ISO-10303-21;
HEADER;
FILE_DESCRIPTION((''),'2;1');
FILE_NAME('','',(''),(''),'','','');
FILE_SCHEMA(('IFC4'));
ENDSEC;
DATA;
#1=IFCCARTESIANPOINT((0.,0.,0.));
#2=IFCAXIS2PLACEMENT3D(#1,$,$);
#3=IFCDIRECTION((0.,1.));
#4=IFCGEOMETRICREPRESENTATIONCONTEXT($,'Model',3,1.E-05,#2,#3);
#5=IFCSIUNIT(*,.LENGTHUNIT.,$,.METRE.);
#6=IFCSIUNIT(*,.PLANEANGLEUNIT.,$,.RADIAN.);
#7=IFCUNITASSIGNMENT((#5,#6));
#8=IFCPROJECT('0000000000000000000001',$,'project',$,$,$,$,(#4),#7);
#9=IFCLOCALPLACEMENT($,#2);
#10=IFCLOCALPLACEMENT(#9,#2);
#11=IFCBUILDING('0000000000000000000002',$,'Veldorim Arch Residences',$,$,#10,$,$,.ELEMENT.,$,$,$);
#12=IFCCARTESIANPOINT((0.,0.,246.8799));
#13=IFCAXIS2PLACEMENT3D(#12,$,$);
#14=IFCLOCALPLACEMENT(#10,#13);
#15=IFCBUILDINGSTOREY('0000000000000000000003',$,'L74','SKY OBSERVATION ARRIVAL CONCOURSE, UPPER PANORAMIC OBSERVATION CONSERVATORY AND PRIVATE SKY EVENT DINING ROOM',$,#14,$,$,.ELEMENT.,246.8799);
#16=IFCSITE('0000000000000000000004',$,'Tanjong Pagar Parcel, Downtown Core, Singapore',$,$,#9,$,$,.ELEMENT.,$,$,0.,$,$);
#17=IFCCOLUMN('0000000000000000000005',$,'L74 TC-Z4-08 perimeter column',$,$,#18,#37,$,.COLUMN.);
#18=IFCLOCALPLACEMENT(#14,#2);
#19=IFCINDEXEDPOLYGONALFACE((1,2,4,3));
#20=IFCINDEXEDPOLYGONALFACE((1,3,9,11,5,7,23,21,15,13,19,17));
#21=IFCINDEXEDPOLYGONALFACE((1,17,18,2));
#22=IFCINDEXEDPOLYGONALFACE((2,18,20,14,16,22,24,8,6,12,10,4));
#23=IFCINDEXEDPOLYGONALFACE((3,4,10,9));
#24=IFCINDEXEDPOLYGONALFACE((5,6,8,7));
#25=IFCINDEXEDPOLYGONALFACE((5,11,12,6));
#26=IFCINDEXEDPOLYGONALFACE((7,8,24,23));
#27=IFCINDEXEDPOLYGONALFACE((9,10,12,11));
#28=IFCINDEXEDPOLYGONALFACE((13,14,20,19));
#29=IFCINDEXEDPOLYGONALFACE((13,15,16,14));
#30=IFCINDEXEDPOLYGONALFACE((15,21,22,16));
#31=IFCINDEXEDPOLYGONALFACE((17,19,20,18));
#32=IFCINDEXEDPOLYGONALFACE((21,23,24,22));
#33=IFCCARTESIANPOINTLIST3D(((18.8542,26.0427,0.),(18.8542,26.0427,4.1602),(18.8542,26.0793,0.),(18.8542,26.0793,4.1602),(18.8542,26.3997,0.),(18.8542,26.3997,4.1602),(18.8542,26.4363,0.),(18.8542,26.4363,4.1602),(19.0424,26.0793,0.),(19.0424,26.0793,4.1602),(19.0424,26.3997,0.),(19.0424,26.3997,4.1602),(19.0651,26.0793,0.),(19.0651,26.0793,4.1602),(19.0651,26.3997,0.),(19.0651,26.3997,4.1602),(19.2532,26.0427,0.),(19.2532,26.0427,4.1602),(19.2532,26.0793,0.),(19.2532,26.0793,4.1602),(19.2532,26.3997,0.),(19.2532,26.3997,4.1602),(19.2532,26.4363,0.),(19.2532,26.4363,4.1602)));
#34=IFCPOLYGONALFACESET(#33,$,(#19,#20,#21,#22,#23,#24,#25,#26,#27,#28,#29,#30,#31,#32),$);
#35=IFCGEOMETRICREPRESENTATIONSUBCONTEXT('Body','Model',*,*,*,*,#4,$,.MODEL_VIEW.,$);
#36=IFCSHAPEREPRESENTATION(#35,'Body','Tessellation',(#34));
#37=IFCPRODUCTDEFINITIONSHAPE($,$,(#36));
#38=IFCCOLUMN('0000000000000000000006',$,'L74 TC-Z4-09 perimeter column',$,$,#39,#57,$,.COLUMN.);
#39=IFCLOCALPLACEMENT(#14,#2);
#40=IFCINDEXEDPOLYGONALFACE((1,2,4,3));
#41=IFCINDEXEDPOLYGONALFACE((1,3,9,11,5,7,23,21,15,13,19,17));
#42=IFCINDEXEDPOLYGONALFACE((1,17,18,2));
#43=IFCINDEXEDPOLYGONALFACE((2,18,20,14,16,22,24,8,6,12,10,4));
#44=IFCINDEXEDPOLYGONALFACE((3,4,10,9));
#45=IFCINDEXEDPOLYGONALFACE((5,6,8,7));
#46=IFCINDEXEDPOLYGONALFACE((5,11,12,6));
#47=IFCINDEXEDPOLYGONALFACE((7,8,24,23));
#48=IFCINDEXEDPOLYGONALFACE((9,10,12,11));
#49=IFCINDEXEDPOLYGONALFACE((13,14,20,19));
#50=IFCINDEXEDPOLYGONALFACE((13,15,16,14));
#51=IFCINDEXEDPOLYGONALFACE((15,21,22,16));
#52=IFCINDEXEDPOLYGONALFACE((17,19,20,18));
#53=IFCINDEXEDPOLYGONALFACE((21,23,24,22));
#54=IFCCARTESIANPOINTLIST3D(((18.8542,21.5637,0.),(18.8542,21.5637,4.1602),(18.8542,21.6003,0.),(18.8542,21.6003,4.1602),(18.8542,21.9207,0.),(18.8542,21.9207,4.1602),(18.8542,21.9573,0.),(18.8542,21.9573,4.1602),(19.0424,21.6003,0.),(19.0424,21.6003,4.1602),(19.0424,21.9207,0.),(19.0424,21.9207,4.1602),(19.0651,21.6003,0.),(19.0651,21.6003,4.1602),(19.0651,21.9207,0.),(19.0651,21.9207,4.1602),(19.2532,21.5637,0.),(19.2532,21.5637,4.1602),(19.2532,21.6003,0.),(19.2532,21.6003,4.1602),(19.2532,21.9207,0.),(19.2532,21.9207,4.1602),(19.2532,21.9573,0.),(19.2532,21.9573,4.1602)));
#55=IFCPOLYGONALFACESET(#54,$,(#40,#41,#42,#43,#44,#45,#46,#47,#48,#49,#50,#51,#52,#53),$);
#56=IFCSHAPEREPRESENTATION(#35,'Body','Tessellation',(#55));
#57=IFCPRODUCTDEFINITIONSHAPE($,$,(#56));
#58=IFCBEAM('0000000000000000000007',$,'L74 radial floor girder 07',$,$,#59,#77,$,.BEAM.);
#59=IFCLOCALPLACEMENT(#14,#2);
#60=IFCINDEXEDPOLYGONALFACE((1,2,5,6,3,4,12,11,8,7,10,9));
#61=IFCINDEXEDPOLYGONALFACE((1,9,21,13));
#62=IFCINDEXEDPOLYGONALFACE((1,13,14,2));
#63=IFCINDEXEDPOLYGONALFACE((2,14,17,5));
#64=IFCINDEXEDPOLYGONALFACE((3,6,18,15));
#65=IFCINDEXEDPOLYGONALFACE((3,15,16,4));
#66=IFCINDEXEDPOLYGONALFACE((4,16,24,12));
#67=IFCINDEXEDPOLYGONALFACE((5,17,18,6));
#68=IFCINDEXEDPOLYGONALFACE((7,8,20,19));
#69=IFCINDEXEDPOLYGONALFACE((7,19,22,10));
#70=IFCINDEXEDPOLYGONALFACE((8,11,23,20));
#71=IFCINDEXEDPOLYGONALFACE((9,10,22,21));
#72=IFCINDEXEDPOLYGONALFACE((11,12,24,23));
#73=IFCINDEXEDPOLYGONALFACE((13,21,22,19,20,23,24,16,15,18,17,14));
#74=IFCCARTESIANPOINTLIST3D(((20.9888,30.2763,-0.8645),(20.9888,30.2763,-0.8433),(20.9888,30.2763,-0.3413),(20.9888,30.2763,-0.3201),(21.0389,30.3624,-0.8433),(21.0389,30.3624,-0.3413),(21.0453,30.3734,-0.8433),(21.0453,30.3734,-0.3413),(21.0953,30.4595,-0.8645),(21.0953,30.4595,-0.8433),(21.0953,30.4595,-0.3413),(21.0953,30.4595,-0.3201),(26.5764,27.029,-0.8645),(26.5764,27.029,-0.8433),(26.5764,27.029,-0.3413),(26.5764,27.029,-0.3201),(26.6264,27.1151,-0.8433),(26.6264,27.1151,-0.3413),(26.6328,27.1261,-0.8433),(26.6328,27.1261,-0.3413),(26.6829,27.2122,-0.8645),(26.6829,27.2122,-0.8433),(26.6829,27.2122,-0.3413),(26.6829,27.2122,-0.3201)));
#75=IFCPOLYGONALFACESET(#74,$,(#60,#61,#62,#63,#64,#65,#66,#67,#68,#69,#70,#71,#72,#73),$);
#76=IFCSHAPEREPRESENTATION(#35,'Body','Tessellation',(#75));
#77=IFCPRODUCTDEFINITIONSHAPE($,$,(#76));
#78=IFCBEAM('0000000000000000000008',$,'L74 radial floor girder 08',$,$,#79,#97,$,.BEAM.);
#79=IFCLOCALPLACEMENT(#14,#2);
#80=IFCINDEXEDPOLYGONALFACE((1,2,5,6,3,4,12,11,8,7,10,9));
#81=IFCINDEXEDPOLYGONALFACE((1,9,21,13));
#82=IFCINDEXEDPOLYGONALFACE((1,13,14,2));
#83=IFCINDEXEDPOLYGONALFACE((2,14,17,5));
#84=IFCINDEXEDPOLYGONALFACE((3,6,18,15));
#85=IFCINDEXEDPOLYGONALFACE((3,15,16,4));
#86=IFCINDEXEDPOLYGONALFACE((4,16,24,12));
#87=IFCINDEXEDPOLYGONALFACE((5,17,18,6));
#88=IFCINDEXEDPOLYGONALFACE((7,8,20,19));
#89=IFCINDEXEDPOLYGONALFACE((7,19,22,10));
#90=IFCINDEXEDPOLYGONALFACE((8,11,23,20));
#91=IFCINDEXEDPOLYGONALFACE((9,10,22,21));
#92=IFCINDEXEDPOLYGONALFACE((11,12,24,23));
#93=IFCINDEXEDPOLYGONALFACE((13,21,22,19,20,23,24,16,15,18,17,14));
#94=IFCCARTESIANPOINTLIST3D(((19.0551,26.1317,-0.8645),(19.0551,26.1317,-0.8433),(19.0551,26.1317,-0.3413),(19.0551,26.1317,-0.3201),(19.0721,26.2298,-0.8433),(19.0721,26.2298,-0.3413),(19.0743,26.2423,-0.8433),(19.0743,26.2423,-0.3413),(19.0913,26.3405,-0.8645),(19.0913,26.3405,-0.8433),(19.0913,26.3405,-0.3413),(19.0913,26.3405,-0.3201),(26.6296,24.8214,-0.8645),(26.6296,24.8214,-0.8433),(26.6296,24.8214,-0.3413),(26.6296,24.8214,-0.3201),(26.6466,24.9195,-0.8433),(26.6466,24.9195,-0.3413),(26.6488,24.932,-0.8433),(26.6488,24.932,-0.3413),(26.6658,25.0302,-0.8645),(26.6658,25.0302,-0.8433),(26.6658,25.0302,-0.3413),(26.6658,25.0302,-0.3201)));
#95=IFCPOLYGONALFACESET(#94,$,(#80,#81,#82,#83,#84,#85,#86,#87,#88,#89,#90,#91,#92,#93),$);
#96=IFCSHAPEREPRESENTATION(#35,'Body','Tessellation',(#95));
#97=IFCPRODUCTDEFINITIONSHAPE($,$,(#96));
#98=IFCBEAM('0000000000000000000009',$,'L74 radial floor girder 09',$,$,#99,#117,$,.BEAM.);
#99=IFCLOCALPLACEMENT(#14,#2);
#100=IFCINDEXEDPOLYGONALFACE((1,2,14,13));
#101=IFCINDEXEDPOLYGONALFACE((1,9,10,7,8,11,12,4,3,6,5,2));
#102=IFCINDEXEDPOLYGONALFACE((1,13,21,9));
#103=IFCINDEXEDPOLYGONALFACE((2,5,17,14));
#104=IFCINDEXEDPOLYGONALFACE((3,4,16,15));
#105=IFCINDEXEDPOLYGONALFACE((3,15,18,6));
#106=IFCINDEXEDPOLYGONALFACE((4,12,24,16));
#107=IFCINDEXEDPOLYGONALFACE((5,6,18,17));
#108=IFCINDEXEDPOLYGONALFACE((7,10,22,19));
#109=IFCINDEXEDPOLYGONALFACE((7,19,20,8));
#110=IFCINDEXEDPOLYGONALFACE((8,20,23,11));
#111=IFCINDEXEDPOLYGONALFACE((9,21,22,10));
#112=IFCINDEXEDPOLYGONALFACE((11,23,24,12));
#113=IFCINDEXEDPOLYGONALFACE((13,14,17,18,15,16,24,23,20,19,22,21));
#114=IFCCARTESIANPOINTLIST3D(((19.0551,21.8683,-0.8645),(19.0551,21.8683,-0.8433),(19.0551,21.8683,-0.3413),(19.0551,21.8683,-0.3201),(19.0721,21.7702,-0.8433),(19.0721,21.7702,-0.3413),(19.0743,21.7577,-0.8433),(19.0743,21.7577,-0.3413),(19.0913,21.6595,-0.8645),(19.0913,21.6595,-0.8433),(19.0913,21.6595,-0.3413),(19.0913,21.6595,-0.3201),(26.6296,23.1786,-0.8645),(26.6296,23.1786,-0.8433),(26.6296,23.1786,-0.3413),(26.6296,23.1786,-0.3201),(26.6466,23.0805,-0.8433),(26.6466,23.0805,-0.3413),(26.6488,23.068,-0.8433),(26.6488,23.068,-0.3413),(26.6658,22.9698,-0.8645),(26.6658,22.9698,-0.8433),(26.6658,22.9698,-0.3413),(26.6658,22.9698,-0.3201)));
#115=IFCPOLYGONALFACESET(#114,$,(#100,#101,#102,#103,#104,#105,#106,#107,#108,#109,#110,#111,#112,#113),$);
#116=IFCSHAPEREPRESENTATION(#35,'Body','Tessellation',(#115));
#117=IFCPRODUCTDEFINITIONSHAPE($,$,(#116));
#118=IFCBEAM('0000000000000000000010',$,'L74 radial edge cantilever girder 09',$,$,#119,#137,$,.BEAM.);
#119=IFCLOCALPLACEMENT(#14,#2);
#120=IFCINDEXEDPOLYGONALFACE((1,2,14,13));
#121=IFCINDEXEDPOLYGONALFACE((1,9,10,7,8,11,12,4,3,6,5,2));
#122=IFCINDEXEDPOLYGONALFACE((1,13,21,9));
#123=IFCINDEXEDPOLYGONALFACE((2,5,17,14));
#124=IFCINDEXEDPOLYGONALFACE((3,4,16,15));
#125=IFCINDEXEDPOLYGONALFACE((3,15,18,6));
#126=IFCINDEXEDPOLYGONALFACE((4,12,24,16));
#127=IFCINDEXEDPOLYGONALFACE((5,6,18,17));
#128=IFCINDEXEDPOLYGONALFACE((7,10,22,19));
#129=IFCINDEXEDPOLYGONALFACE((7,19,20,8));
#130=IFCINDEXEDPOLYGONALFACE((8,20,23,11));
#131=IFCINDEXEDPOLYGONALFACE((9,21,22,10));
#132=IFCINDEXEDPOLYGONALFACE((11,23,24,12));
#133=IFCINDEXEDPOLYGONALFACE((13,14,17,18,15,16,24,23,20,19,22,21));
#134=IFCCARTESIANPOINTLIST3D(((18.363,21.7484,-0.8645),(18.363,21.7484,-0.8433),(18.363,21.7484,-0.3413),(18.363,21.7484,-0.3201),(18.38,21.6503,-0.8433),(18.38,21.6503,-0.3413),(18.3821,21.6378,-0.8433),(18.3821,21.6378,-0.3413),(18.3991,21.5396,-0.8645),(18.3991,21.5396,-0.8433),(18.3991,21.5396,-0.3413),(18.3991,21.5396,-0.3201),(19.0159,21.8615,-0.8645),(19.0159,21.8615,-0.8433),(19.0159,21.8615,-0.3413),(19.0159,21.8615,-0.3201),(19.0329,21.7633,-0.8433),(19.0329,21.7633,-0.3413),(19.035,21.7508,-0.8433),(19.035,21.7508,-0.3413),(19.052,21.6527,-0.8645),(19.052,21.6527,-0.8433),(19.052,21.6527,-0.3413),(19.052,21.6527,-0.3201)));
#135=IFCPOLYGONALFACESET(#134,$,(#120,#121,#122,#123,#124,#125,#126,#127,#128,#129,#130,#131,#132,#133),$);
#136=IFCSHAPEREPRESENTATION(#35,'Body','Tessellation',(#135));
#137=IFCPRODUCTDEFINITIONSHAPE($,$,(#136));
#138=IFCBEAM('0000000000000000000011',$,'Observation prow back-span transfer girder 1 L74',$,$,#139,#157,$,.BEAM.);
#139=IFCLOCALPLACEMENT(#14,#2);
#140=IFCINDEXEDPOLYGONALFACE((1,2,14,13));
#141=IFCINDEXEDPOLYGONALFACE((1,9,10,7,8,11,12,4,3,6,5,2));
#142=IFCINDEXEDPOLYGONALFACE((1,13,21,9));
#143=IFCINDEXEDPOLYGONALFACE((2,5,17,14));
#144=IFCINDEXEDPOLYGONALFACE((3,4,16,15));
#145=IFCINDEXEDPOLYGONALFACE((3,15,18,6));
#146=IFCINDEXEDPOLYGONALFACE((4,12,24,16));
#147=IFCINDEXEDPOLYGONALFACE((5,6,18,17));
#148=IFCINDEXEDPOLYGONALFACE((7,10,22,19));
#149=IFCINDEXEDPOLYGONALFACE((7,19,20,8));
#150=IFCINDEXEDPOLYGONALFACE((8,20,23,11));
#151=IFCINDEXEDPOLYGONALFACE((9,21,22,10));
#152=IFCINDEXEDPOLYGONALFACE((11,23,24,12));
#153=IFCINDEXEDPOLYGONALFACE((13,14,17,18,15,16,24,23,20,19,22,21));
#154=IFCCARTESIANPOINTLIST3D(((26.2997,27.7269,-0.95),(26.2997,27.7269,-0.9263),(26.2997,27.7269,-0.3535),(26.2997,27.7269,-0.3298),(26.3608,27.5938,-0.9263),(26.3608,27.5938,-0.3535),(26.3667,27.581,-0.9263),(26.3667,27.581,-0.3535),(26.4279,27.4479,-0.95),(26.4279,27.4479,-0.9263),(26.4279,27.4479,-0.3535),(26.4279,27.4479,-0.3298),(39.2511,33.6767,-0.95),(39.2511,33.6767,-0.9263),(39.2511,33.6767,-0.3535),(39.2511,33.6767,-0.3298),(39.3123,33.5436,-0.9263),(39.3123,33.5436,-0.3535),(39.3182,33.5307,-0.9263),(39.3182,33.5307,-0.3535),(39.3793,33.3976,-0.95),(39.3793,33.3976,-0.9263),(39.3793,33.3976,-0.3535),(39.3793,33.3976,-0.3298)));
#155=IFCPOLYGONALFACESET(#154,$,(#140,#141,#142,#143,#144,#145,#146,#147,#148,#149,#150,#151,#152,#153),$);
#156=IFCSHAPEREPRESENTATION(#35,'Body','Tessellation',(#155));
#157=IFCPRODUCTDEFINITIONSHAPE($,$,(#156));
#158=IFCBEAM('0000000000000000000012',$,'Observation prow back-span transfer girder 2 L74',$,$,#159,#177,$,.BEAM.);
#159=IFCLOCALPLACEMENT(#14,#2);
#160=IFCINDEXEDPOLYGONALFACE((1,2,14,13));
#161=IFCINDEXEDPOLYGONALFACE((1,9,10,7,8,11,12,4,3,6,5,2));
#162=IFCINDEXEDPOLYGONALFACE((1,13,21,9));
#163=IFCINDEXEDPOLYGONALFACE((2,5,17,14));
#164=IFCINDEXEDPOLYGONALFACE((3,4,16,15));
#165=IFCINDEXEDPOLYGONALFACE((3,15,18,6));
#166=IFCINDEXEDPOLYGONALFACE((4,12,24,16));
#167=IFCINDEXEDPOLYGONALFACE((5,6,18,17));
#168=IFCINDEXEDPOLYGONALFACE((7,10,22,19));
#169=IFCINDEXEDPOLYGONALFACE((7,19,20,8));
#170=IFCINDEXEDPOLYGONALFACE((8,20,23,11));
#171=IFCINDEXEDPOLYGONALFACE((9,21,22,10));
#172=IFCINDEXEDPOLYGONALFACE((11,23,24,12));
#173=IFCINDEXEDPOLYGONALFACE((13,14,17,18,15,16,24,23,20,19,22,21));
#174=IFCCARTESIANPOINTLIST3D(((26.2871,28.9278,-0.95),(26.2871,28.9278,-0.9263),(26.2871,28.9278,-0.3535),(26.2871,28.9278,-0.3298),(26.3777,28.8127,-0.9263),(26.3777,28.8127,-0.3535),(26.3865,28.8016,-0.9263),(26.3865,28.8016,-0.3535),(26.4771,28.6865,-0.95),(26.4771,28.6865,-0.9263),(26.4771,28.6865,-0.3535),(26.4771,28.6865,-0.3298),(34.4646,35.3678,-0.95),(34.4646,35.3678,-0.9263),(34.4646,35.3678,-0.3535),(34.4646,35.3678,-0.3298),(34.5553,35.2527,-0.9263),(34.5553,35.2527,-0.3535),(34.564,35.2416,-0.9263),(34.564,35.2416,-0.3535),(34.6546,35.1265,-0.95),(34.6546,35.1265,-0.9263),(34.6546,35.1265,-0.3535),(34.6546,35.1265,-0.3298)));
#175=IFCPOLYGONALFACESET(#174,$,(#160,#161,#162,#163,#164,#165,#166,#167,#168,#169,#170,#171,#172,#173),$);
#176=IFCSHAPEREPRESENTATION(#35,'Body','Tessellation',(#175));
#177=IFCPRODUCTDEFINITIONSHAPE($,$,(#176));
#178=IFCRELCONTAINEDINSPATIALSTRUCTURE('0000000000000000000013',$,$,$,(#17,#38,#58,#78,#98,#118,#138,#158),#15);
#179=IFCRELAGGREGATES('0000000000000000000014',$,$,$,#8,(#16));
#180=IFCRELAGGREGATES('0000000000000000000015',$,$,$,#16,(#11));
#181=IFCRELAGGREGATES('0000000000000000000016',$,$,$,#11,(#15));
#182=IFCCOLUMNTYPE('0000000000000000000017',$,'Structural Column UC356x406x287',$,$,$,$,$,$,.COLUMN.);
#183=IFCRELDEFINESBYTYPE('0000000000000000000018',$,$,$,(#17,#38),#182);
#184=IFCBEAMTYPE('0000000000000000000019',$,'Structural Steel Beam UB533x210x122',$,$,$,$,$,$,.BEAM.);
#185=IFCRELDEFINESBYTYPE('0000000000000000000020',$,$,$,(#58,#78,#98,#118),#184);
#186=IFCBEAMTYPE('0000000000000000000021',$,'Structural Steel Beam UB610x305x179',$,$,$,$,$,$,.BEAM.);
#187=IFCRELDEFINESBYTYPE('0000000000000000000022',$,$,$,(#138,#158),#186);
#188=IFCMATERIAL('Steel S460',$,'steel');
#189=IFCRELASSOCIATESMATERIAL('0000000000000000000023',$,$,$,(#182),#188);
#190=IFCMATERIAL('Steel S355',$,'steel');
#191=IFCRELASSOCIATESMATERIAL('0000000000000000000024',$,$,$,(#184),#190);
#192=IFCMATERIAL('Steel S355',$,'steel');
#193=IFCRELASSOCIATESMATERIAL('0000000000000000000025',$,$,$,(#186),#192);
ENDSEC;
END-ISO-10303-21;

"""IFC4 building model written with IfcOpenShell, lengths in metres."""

from ifc_helpers import new_model, si_unit, direction, frame, origin, origin_2d, place, context, subcontext, project, spatial, i_section, extrude, material, material_profile, profile_set, type_object, element, save


model = new_model("IFC4")

# Units and contexts
model_context = context("Model", 3, precision=1e-05, world=origin(), true_north=direction((0.0, 1.0)))
body_context = subcontext(model_context, "Body", "Model", "MODEL_VIEW")
ifc_project = project(units=[si_unit("LENGTHUNIT", "METRE"), si_unit("PLANEANGLEUNIT", "RADIAN")], contexts=[model_context])

# Site, building, storey
site_placement = place(None, origin())
site = spatial("IfcSite", under=ifc_project, at=site_placement, Name="Tanjong Pagar Parcel, Downtown Core, Singapore", CompositionType="ELEMENT", RefElevation=0.0)
building_placement = place(site_placement, origin())
building = spatial("IfcBuilding", under=site, at=building_placement, Name="Veldorim Arch Residences", CompositionType="ELEMENT")
storey_placement = place(building_placement, frame((0.0, 0.0, 246.8799)))
storey = spatial("IfcBuildingStorey", under=building, at=storey_placement, Name="L74", Description="SKY OBSERVATION ARRIVAL CONCOURSE, UPPER PANORAMIC OBSERVATION CONSERVATORY AND PRIVATE SKY EVENT DINING ROOM", CompositionType="ELEMENT", Elevation=246.8799)

# Columns
ifc_material_1 = material(Name="Steel S460", Category="steel")
ifc_material_profile_1 = material_profile(ifc_material_1, i_section(OverallWidth=0.3989, OverallDepth=0.3936, WebThickness=0.0227, FlangeThickness=0.0366, at=origin_2d()), Name="UC356x406x287")
ifc_profile_set_1 = profile_set([ifc_material_profile_1], Name="Steel S460")
column_type = type_object("IfcColumnType", Name="Structural Column UC356x406x287", PredefinedType="COLUMN", material=ifc_profile_set_1)
for number, where, z_axis, x_axis, name in (
    (1, (19.0537, 26.2395, 0.0), (0.0, 0.0, 1.0), (1.0, 0.0, 0.0), "L74 TC-Z4-08 perimeter column"),
    (2, (19.0537, 21.7605, 0.0), (0.0, 0.0, 1.0), (1.0, 0.0, 0.0), "L74 TC-Z4-09 perimeter column"),
):
    element("IfcColumn", number, at=place(storey_placement, frame(where, z_axis=z_axis, x_axis=x_axis)), inside=storey, type_object=column_type, Name=name, PredefinedType="COLUMN", context=body_context, shape_type="SweptSolid", body=[
        extrude(i_section(OverallWidth=0.3989, OverallDepth=0.3936, WebThickness=0.0227, FlangeThickness=0.0366, at=origin_2d()), origin(), (0.0, 0.0, 1.0), 4.1602),
    ])

# Beams
ifc_material_2 = material(Name="Steel S355", Category="steel")
ifc_material_profile_2 = material_profile(ifc_material_2, i_section(OverallWidth=0.2119, OverallDepth=0.5444, WebThickness=0.0127, FlangeThickness=0.0212, at=origin_2d()), Name="UB533x210x122")
ifc_profile_set_2 = profile_set([ifc_material_profile_2], Name="Steel S355")
beam_type_1 = type_object("IfcBeamType", Name="Structural Steel Beam UB533x210x122", PredefinedType="BEAM", material=ifc_profile_set_2)
beam_1_placement = place(storey_placement, frame((26.6296, 27.1206, -0.5923), z_axis=(-0.864596, 0.502468, 0.0), x_axis=(-0.502468, -0.864596, 0.0)))
element("IfcBeam", 3, at=beam_1_placement, inside=storey, type_object=beam_type_1, Name="L74 radial floor girder 07", PredefinedType="BEAM", context=body_context, shape_type="SweptSolid", body=[
    extrude(i_section(OverallWidth=0.2119, OverallDepth=0.5444, WebThickness=0.0127, FlangeThickness=0.0212, at=origin_2d()), origin(), (0.0, 0.0, 1.0), 6.4626),
])
for number, where, z_axis, x_axis, name in (
    (4, (26.6477, 24.9258, -0.5923), (-0.985365, 0.170458, 0.0), (-0.170458, -0.985365, 0.0), "L74 radial floor girder 08"),
    (5, (26.6477, 23.0742, -0.5923), (-0.985365, -0.170458, 0.0), (0.170458, -0.985365, 0.0), "L74 radial floor girder 09"),
):
    element("IfcBeam", number, at=place(storey_placement, frame(where, z_axis=z_axis, x_axis=x_axis)), inside=storey, type_object=beam_type_1, Name=name, PredefinedType="BEAM", context=body_context, shape_type="SweptSolid", body=[
        extrude(i_section(OverallWidth=0.2119, OverallDepth=0.5444, WebThickness=0.0127, FlangeThickness=0.0212, at=origin_2d()), origin(), (0.0, 0.0, 1.0), 7.687),
    ])
beam_2_placement = place(storey_placement, frame((19.0339, 21.7571, -0.5923), z_axis=(-0.985339, -0.17061, 0.0), x_axis=(0.17061, -0.985339, 0.0)))
element("IfcBeam", 6, at=beam_2_placement, inside=storey, type_object=beam_type_1, Name="L74 radial edge cantilever girder 09", PredefinedType="BEAM", context=body_context, shape_type="SweptSolid", body=[
    extrude(i_section(OverallWidth=0.2119, OverallDepth=0.5444, WebThickness=0.0127, FlangeThickness=0.0212, at=origin_2d()), origin(), (0.0, 0.0, 1.0), 0.6626),
])
ifc_material_3 = material(Name="Steel S355", Category="steel")
ifc_material_profile_3 = material_profile(ifc_material_3, i_section(OverallWidth=0.3071, OverallDepth=0.6201, WebThickness=0.0142, FlangeThickness=0.0237, at=origin_2d()), Name="UB610x305x179")
ifc_profile_set_3 = profile_set([ifc_material_profile_3], Name="Steel S355")
beam_type_2 = type_object("IfcBeamType", Name="Structural Steel Beam UB610x305x179", PredefinedType="BEAM", material=ifc_profile_set_3)
beam_3_placement = place(storey_placement, frame((26.3638, 27.5874, -0.6399), z_axis=(0.908702, 0.417446, 0.0), x_axis=(-0.417446, 0.908702, 0.0)))
element("IfcBeam", 7, at=beam_3_placement, inside=storey, type_object=beam_type_2, Name="Observation prow back-span transfer girder 1 L74", PredefinedType="BEAM", context=body_context, shape_type="SweptSolid", body=[
    extrude(i_section(OverallWidth=0.3071, OverallDepth=0.6201, WebThickness=0.0142, FlangeThickness=0.0237, at=origin_2d()), origin(), (0.0, 0.0, 1.0), 14.2527),
])
beam_4_placement = place(storey_placement, frame((26.3821, 28.8071, -0.6399), z_axis=(0.785628, 0.618699, 0.0), x_axis=(-0.618699, 0.785628, 0.0)))
element("IfcBeam", 8, at=beam_4_placement, inside=storey, type_object=beam_type_2, Name="Observation prow back-span transfer girder 2 L74", PredefinedType="BEAM", context=body_context, shape_type="SweptSolid", body=[
    extrude(i_section(OverallWidth=0.3071, OverallDepth=0.6201, WebThickness=0.0142, FlangeThickness=0.0237, at=origin_2d()), origin(), (0.0, 0.0, 1.0), 10.4089),
])

save(model, "model.ifc")
